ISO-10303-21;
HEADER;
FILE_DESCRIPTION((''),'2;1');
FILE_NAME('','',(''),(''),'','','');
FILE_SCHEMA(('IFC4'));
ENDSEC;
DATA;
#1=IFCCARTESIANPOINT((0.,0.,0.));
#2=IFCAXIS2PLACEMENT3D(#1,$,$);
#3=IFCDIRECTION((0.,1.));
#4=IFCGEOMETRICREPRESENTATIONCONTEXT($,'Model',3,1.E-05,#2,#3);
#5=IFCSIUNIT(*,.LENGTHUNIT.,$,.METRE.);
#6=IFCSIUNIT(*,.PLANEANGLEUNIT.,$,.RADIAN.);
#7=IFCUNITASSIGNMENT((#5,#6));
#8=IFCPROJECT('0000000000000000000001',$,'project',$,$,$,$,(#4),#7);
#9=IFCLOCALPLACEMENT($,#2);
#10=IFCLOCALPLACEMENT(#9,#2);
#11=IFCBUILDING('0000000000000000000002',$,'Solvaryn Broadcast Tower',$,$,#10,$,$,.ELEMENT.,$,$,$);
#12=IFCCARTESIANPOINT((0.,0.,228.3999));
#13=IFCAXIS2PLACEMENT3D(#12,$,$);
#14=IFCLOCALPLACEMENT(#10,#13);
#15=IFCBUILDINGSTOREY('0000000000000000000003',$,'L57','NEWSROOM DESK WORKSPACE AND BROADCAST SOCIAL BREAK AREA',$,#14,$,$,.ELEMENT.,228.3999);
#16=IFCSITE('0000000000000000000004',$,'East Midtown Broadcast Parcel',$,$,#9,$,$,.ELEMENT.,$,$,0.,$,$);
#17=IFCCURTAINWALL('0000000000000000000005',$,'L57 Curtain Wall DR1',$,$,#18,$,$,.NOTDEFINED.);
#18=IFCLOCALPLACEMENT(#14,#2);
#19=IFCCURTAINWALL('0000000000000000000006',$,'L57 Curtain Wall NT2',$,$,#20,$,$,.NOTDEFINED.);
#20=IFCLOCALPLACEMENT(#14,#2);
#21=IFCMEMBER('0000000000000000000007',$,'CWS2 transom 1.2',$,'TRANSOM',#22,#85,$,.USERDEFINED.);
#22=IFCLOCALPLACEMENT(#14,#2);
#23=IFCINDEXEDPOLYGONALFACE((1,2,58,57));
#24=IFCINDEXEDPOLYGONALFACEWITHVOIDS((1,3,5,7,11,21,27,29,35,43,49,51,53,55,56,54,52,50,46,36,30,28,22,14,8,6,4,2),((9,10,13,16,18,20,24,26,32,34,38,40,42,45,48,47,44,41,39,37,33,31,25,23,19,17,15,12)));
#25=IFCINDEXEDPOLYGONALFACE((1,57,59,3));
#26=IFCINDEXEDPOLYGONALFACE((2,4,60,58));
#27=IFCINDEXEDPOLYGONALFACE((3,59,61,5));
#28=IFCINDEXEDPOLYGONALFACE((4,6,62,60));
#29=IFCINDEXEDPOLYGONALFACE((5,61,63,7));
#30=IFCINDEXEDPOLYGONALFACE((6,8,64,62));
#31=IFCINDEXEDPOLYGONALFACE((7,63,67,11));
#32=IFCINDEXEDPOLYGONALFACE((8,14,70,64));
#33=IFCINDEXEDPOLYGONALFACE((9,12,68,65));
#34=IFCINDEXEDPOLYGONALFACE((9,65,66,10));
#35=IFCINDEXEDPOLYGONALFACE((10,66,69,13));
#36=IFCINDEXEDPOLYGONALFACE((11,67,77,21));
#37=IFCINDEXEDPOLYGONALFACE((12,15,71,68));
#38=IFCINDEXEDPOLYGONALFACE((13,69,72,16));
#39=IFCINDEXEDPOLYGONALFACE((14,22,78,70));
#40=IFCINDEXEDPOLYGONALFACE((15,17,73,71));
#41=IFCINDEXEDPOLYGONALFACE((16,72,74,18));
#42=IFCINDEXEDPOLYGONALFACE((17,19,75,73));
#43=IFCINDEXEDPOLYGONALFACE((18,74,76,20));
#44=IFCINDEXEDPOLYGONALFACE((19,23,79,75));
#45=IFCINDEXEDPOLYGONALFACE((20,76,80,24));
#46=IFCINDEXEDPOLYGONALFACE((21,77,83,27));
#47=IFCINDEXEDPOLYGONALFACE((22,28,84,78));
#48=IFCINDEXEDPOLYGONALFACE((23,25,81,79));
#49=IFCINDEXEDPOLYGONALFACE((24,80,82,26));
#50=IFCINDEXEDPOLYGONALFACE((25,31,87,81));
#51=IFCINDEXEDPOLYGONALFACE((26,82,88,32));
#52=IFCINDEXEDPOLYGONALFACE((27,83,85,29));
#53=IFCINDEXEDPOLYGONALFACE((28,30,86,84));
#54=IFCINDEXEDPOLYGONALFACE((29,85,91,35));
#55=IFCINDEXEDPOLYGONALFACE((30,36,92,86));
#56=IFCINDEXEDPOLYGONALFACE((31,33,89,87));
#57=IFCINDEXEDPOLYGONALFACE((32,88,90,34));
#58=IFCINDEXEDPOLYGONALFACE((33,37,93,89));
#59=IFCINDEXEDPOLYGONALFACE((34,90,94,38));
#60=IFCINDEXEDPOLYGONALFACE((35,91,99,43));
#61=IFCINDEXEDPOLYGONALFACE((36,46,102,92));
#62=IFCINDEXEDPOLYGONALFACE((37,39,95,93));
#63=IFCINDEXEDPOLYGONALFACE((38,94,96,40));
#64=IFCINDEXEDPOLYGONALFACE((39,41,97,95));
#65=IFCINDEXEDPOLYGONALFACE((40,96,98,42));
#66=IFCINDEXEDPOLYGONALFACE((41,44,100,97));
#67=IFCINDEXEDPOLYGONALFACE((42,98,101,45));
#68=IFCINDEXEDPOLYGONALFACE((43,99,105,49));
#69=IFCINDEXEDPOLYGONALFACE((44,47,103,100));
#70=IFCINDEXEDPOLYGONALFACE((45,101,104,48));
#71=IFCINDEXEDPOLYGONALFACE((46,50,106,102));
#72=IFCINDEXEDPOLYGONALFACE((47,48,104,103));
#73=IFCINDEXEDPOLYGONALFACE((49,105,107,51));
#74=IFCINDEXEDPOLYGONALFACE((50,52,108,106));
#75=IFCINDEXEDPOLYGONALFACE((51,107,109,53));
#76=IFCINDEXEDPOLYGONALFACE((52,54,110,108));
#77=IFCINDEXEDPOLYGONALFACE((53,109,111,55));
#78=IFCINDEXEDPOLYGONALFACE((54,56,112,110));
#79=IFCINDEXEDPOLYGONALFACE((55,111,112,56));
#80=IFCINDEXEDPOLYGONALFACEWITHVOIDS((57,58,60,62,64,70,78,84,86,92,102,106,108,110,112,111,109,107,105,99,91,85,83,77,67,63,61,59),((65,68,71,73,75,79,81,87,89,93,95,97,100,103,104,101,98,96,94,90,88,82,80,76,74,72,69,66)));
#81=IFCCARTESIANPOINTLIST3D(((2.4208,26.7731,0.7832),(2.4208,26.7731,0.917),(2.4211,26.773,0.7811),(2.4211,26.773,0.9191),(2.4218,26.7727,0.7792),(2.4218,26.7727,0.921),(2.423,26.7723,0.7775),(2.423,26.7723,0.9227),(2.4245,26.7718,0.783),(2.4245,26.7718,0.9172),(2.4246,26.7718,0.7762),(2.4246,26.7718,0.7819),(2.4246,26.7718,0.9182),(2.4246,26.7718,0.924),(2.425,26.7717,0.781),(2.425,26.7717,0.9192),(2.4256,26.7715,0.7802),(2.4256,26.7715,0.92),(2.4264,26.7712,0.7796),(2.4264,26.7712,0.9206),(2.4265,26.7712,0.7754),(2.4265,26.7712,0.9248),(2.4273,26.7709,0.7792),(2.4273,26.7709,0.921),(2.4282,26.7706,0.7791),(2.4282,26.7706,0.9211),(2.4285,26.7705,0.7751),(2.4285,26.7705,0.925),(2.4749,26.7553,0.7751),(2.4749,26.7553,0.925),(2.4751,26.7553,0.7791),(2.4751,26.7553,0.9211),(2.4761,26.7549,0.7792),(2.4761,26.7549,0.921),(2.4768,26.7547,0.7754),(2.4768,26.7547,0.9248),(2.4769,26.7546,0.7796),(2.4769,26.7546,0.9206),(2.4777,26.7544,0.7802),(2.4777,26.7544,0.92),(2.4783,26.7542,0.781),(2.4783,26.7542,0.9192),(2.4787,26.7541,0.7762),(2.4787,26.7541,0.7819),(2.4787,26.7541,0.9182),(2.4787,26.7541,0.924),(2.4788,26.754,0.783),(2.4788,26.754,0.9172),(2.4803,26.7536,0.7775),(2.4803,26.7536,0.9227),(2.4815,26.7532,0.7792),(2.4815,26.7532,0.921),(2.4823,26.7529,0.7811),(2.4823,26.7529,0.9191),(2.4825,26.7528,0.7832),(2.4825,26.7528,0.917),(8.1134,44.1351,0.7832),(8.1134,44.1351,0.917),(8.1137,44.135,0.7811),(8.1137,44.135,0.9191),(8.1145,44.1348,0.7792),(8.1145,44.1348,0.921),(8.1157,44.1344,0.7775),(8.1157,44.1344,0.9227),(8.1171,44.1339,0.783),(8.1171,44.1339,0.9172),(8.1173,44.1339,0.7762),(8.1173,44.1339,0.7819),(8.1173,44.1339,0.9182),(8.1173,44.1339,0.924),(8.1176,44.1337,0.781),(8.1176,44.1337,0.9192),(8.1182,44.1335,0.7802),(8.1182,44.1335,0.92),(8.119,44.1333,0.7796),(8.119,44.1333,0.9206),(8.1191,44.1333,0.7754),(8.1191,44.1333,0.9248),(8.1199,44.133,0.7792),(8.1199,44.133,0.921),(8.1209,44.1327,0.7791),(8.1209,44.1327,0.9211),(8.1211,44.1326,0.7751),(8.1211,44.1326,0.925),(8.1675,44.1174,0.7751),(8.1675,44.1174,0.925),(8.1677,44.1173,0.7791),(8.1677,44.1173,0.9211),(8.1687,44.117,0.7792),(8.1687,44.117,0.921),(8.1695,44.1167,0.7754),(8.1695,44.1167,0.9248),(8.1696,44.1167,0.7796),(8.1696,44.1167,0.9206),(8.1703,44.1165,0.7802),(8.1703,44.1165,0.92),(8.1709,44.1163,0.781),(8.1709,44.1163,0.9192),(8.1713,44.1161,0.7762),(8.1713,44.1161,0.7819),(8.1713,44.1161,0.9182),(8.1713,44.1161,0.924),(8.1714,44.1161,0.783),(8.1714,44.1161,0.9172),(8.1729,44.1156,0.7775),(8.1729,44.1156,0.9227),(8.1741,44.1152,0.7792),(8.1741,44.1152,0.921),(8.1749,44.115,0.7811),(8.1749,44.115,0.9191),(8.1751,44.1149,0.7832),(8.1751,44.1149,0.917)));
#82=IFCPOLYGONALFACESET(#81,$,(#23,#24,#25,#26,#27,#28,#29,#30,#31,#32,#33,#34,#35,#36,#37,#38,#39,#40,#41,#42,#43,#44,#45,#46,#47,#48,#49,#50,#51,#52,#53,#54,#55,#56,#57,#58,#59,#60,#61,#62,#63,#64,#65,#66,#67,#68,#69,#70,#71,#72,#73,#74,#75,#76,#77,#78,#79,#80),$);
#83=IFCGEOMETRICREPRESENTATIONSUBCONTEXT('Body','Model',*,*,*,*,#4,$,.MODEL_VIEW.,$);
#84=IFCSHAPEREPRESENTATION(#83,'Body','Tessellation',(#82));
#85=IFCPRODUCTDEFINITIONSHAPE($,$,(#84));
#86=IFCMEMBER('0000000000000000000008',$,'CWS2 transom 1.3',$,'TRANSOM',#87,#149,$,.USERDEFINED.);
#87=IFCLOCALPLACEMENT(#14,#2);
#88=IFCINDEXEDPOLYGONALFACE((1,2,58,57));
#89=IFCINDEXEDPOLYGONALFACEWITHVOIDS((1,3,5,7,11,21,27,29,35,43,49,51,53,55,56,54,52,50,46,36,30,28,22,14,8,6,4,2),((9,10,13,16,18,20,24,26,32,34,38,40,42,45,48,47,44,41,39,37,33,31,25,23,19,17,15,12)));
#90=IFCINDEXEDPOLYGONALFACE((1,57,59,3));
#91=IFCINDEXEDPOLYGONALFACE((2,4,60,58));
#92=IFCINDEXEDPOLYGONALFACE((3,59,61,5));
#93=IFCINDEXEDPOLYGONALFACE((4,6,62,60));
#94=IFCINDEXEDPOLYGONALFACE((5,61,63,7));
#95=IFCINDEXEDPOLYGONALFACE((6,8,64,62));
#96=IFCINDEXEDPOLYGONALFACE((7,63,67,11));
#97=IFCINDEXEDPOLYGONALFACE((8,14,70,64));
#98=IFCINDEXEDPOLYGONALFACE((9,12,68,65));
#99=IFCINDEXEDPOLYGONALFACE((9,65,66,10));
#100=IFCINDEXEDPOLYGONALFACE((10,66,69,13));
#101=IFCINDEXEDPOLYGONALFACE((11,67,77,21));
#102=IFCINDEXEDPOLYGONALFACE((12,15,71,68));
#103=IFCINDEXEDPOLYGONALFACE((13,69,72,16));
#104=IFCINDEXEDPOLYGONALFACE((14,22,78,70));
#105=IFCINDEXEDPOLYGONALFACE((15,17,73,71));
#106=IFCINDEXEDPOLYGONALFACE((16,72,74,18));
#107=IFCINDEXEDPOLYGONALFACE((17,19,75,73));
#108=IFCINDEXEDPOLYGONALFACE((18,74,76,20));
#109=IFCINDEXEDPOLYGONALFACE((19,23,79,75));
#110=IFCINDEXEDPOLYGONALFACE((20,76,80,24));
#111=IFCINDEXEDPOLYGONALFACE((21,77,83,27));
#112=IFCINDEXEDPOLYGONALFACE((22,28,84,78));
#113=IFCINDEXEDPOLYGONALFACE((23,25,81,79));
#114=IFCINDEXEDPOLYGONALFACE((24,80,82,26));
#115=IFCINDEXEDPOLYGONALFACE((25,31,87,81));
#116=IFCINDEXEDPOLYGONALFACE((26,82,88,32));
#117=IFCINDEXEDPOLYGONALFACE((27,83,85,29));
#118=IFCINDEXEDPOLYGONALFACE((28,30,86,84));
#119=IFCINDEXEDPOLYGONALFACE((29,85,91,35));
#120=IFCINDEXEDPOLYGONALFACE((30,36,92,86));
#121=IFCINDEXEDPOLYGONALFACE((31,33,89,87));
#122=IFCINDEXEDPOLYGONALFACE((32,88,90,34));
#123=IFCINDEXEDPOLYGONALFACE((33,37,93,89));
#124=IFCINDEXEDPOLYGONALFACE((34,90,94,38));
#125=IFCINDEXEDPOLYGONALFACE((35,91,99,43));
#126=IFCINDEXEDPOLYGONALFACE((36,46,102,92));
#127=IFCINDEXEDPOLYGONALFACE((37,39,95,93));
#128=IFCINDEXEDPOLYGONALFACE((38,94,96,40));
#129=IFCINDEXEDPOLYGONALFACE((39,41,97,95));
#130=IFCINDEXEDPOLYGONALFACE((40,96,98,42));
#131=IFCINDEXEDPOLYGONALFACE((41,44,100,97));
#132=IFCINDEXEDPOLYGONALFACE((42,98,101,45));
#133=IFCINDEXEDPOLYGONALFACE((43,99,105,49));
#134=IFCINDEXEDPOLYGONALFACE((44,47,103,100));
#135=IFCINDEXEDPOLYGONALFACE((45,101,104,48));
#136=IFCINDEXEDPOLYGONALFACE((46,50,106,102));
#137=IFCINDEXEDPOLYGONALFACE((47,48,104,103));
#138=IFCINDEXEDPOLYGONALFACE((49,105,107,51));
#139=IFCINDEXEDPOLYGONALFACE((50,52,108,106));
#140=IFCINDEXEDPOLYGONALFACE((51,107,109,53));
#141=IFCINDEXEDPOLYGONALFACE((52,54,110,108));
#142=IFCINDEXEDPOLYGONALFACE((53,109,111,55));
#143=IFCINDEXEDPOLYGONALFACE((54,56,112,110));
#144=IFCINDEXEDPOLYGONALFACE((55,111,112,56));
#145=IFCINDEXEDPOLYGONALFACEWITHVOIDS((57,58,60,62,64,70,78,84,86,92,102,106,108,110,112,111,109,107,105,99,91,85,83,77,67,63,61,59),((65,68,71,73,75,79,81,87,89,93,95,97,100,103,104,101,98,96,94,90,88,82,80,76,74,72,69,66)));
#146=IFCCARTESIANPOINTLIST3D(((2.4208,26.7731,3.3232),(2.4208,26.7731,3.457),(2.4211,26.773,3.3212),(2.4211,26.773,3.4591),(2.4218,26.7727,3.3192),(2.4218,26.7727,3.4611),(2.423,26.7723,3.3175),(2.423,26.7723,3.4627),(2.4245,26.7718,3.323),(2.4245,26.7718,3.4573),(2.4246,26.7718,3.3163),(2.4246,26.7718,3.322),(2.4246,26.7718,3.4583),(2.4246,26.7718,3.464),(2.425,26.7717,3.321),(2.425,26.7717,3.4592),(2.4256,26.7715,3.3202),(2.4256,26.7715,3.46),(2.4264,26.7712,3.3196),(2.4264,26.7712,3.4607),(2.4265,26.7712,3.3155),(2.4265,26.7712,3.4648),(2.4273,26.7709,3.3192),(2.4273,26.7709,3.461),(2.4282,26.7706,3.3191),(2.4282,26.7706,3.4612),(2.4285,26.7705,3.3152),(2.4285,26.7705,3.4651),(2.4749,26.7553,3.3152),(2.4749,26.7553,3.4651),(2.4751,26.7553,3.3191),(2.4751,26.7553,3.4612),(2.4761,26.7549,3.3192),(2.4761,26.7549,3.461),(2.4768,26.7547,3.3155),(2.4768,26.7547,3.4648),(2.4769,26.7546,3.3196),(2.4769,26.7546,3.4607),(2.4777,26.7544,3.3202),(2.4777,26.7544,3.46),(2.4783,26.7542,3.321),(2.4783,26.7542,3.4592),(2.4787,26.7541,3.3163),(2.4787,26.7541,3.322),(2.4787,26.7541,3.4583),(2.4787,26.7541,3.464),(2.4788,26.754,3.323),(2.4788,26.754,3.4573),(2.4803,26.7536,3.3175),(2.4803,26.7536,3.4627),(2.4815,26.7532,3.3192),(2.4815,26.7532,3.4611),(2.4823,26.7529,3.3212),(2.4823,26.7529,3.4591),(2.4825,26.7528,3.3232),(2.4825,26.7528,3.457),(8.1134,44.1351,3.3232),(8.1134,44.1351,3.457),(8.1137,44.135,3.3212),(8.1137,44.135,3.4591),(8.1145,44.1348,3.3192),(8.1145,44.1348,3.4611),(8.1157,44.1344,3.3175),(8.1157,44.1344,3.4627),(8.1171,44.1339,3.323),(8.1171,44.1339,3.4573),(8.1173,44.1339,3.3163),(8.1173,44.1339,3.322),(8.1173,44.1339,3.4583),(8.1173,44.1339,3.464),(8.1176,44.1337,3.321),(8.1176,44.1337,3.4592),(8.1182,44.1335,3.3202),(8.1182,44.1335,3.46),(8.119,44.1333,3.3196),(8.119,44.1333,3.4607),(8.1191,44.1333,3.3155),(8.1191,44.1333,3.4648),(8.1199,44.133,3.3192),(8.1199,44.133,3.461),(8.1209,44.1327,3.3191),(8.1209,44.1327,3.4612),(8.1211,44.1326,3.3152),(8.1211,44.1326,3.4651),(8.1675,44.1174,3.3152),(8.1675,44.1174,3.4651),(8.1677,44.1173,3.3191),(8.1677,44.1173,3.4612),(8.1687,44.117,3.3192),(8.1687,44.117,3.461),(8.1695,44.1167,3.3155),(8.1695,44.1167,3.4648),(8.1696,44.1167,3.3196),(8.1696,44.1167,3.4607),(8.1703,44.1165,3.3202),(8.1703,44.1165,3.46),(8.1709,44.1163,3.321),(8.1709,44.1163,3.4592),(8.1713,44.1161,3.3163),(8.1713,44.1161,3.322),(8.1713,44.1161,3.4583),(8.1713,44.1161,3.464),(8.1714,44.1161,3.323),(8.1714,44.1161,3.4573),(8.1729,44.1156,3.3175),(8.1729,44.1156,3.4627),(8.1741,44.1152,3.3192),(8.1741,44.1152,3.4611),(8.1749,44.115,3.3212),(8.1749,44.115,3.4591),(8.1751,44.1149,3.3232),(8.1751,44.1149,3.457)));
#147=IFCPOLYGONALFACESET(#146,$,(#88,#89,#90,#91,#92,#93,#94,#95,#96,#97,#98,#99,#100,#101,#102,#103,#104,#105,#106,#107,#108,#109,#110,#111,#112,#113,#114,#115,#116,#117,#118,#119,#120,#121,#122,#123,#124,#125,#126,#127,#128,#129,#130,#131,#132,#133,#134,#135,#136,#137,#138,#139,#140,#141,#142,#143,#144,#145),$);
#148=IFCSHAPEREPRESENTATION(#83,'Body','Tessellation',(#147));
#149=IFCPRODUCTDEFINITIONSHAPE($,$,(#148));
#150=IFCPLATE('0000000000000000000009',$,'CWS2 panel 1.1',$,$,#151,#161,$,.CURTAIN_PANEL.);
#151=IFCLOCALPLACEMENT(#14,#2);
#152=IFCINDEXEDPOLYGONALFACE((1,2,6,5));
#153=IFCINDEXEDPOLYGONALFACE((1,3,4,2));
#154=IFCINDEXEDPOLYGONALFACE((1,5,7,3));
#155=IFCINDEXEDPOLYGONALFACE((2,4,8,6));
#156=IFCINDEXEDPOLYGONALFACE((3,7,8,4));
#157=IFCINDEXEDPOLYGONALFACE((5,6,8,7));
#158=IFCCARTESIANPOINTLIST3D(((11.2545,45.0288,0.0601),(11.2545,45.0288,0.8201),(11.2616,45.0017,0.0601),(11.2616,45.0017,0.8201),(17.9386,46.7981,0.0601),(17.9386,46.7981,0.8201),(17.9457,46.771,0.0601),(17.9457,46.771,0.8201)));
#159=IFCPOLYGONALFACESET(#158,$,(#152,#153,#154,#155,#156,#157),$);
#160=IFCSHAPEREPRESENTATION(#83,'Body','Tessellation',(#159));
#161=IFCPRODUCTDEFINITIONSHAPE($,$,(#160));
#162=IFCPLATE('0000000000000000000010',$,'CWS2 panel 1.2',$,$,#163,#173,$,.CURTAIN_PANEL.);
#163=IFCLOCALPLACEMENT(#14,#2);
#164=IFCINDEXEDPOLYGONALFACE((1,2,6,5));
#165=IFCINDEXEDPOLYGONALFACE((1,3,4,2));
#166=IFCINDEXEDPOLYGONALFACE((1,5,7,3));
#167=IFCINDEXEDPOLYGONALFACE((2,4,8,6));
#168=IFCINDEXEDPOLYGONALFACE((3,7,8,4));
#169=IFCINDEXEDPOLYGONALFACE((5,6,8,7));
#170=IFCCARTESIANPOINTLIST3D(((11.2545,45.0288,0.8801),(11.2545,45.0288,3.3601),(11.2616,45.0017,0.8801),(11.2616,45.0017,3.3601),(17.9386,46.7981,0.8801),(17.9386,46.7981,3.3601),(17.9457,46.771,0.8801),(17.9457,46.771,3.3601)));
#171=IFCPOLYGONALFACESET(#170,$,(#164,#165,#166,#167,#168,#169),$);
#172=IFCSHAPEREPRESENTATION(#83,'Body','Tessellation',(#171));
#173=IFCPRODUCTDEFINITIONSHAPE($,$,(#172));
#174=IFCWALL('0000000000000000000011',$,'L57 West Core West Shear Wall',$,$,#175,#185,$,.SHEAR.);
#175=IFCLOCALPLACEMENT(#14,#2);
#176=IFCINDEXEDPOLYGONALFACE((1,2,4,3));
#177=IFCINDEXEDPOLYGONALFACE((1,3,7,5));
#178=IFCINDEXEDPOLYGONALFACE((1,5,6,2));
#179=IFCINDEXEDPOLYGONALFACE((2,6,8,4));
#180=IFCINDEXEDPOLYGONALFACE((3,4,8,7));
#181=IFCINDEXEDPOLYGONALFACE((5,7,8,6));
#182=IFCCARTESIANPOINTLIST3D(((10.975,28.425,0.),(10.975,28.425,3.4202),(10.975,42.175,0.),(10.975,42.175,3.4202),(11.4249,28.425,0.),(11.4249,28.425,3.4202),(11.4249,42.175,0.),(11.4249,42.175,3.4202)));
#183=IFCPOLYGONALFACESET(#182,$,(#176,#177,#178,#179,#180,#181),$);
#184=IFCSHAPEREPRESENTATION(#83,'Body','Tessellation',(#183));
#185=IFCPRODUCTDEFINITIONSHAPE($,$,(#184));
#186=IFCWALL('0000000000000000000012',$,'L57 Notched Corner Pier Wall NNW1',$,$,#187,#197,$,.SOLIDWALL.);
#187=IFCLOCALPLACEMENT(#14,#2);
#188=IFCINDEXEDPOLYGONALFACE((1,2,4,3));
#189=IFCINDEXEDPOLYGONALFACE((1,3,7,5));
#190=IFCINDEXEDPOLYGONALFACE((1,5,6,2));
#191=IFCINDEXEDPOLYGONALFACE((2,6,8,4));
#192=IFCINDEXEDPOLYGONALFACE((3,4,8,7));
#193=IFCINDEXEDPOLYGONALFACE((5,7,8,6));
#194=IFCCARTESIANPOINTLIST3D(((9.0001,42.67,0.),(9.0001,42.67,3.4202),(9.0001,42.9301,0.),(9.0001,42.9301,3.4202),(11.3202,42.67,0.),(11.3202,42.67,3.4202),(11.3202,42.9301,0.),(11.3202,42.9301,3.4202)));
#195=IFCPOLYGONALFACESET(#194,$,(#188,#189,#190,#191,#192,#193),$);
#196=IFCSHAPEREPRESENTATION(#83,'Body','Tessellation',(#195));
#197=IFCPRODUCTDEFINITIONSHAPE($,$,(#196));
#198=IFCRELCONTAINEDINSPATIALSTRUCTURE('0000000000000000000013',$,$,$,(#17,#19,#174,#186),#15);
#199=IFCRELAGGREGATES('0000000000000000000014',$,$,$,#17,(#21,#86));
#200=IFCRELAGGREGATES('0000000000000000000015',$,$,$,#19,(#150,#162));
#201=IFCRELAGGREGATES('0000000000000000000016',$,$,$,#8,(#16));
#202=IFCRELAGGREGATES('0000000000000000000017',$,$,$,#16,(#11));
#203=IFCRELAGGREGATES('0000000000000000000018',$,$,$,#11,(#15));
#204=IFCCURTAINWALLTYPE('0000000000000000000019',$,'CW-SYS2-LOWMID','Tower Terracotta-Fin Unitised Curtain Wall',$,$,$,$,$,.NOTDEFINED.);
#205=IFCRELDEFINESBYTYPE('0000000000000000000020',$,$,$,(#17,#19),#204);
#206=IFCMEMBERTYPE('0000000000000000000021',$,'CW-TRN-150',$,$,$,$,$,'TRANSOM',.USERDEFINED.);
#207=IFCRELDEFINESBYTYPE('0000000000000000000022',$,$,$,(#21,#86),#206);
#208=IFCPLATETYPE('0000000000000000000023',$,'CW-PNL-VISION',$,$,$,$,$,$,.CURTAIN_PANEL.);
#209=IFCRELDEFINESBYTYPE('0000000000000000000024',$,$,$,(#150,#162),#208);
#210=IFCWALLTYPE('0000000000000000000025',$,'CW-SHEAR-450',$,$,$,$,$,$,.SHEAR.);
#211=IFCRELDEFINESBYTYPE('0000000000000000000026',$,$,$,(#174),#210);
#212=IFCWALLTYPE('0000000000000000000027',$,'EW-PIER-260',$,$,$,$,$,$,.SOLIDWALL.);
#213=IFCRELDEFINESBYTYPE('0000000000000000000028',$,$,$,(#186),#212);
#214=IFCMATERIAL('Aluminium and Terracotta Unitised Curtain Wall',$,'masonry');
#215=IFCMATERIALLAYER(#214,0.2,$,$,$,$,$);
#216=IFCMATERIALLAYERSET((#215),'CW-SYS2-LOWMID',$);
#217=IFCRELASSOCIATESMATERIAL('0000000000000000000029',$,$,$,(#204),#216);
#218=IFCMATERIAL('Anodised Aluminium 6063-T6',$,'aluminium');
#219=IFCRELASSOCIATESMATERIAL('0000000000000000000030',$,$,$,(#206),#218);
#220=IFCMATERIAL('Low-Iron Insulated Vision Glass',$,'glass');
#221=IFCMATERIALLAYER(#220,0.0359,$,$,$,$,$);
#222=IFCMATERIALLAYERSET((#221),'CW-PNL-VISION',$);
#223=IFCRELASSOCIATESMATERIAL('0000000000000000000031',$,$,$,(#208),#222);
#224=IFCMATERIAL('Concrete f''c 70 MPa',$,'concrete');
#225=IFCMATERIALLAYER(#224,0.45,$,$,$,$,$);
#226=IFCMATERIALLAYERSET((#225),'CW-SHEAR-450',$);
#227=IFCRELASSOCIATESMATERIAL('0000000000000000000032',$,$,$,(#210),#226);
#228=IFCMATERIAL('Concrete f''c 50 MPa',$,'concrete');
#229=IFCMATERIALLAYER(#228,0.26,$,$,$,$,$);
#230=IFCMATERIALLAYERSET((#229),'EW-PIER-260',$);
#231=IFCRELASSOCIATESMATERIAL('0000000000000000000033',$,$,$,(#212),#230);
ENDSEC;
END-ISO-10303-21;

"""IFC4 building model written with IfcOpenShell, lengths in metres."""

from ifc_helpers import new_model, si_unit, direction, frame, frame_2d, origin, origin_2d, place, context, subcontext, project, spatial, rectangle, hollow_rectangle, extrude, material, layer, layer_set, material_profile, profile_set, type_object, element, aggregate, save


model = new_model("IFC4")

# Units and contexts
model_context = context("Model", 3, precision=1e-05, world=origin(), true_north=direction((0.0, 1.0)))
body_context = subcontext(model_context, "Body", "Model", "MODEL_VIEW")
ifc_project = project(units=[si_unit("LENGTHUNIT", "METRE"), si_unit("PLANEANGLEUNIT", "RADIAN")], contexts=[model_context])

# Site, building, storey
site_placement = place(None, origin())
site = spatial("IfcSite", under=ifc_project, at=site_placement, Name="East Midtown Broadcast Parcel", CompositionType="ELEMENT", RefElevation=0.0)
building_placement = place(site_placement, origin())
building = spatial("IfcBuilding", under=site, at=building_placement, Name="Solvaryn Broadcast Tower", CompositionType="ELEMENT")
storey_placement = place(building_placement, frame((0.0, 0.0, 228.3999)))
storey = spatial("IfcBuildingStorey", under=building, at=storey_placement, Name="L57", Description="NEWSROOM DESK WORKSPACE AND BROADCAST SOCIAL BREAK AREA", CompositionType="ELEMENT", Elevation=228.3999)

# Curtain walls
ifc_material_1 = material(Name="Aluminium and Terracotta Unitised Curtain Wall", Category="masonry")
ifc_layer_1 = layer(ifc_material_1, 0.2)
ifc_layer_set_1 = layer_set([ifc_layer_1], Name="CW-SYS2-LOWMID")
curtain_wall_type = type_object("IfcCurtainWallType", Name="CW-SYS2-LOWMID", Description="Tower Terracotta-Fin Unitised Curtain Wall", PredefinedType="NOTDEFINED", material=ifc_layer_set_1)
curtain_wall_1_placement = place(storey_placement, origin())
curtain_wall_1 = element("IfcCurtainWall", 1, at=curtain_wall_1_placement, inside=storey, type_object=curtain_wall_type, Name="L57 Curtain Wall DR1", PredefinedType="NOTDEFINED")
curtain_wall_2_placement = place(storey_placement, origin())
curtain_wall_2 = element("IfcCurtainWall", 2, at=curtain_wall_2_placement, inside=storey, type_object=curtain_wall_type, Name="L57 Curtain Wall NT2", PredefinedType="NOTDEFINED")

# Members
ifc_material_2 = material(Name="Anodised Aluminium 6063-T6", Category="aluminium")
ifc_material_profile_1 = material_profile(ifc_material_2, hollow_rectangle(XDim=0.0649, YDim=0.1499, WallThickness=0.0039, InnerFilletRadius=0.0039, OuterFilletRadius=0.0081, at=origin_2d()))
ifc_profile_set_1 = profile_set([ifc_material_profile_1], Name="Anodised Aluminium 6063-T6")
member_type_1 = type_object("IfcMemberType", Name="CW-TRN-150", ElementType="TRANSOM", PredefinedType="USERDEFINED", material=ifc_profile_set_1)
member_1_placement = place(storey_placement, frame((8.1443, 44.125, 0.8501), z_axis=(-0.311558, -0.950227, 0.0), x_axis=(0.950227, -0.311558, 0.0)))
member_1 = element("IfcMember", 3, at=member_1_placement, type_object=member_type_1, Name="CWS2 transom 1.2", ObjectType="TRANSOM", PredefinedType="USERDEFINED", context=body_context, shape_type="SweptSolid", body=[
    extrude(hollow_rectangle(XDim=0.0649, YDim=0.1499, WallThickness=0.0039, InnerFilletRadius=0.0039, OuterFilletRadius=0.0081, at=origin_2d()), origin(), (0.0, 0.0, 1.0), 18.2715),
])
member_2_placement = place(storey_placement, frame((8.1443, 44.125, 3.3901), z_axis=(-0.311558, -0.950227, 0.0), x_axis=(0.950227, -0.311558, 0.0)))
member_2 = element("IfcMember", 4, at=member_2_placement, type_object=member_type_1, Name="CWS2 transom 1.3", ObjectType="TRANSOM", PredefinedType="USERDEFINED", context=body_context, shape_type="SweptSolid", body=[
    extrude(hollow_rectangle(XDim=0.0649, YDim=0.1499, WallThickness=0.0039, InnerFilletRadius=0.0039, OuterFilletRadius=0.0081, at=origin_2d()), origin(), (0.0, 0.0, 1.0), 18.2715),
])
aggregate(curtain_wall_1, [member_1, member_2])

# Plates
ifc_material_3 = material(Name="Low-Iron Insulated Vision Glass", Category="glass")
ifc_layer_2 = layer(ifc_material_3, 0.0359)
ifc_layer_set_2 = layer_set([ifc_layer_2], Name="CW-PNL-VISION")
plate_type = type_object("IfcPlateType", Name="CW-PNL-VISION", PredefinedType="CURTAIN_PANEL", material=ifc_layer_set_2)
plate_1_placement = place(storey_placement, frame((14.6001, 45.8999, 0.0601), z_axis=(0.0, 0.0, 1.0), x_axis=(-0.966705, -0.255893, 0.0)))
plate_1 = element("IfcPlate", 5, at=plate_1_placement, type_object=plate_type, Name="CWS2 panel 1.1", PredefinedType="CURTAIN_PANEL", context=body_context, shape_type="SweptSolid", body=[
    extrude(rectangle(XDim=6.9143, YDim=0.0281, at=origin_2d()), origin(), (0.0, 0.0, 1.0), 0.76),
])
plate_2_placement = place(storey_placement, frame((14.6001, 45.8999, 0.8801), z_axis=(0.0, 0.0, 1.0), x_axis=(-0.966705, -0.255893, 0.0)))
plate_2 = element("IfcPlate", 6, at=plate_2_placement, type_object=plate_type, Name="CWS2 panel 1.2", PredefinedType="CURTAIN_PANEL", context=body_context, shape_type="SweptSolid", body=[
    extrude(rectangle(XDim=6.9143, YDim=0.0281, at=origin_2d()), origin(), (0.0, 0.0, 1.0), 2.48),
])
aggregate(curtain_wall_2, [plate_1, plate_2])

# Walls
ifc_material_4 = material(Name="Concrete f'c 70 MPa", Category="concrete")
ifc_layer_3 = layer(ifc_material_4, 0.45)
ifc_layer_set_3 = layer_set([ifc_layer_3], Name="CW-SHEAR-450")
wall_type_1 = type_object("IfcWallType", Name="CW-SHEAR-450", PredefinedType="SHEAR", material=ifc_layer_set_3)
wall_1_placement = place(storey_placement, frame((11.2, 42.175, 0.0), z_axis=(0.0, 0.0, 1.0), x_axis=(0.0, -1.0, 0.0)))
element("IfcWall", 7, at=wall_1_placement, inside=storey, type_object=wall_type_1, Name="L57 West Core West Shear Wall", PredefinedType="SHEAR", context=body_context, shape_type="SweptSolid", body=[
    extrude(rectangle(XDim=13.75, YDim=0.45, at=frame_2d((6.875, 0.0))), origin(), (0.0, 0.0, 1.0), 3.4202),
])
ifc_material_5 = material(Name="Concrete f'c 50 MPa", Category="concrete")
ifc_layer_4 = layer(ifc_material_5, 0.26)
ifc_layer_set_4 = layer_set([ifc_layer_4], Name="EW-PIER-260")
wall_type_2 = type_object("IfcWallType", Name="EW-PIER-260", PredefinedType="SOLIDWALL", material=ifc_layer_set_4)
wall_2_placement = place(storey_placement, frame((9.0, 42.8, 0.0), z_axis=(0.0, 0.0, 1.0), x_axis=(1.0, 0.0, 0.0)))
element("IfcWall", 8, at=wall_2_placement, inside=storey, type_object=wall_type_2, Name="L57 Notched Corner Pier Wall NNW1", PredefinedType="SOLIDWALL", context=body_context, shape_type="SweptSolid", body=[
    extrude(rectangle(XDim=2.3201, YDim=0.26, at=frame_2d((1.1602, 0.0))), origin(), (0.0, 0.0, 1.0), 3.4202),
])

save(model, "model.ifc")
